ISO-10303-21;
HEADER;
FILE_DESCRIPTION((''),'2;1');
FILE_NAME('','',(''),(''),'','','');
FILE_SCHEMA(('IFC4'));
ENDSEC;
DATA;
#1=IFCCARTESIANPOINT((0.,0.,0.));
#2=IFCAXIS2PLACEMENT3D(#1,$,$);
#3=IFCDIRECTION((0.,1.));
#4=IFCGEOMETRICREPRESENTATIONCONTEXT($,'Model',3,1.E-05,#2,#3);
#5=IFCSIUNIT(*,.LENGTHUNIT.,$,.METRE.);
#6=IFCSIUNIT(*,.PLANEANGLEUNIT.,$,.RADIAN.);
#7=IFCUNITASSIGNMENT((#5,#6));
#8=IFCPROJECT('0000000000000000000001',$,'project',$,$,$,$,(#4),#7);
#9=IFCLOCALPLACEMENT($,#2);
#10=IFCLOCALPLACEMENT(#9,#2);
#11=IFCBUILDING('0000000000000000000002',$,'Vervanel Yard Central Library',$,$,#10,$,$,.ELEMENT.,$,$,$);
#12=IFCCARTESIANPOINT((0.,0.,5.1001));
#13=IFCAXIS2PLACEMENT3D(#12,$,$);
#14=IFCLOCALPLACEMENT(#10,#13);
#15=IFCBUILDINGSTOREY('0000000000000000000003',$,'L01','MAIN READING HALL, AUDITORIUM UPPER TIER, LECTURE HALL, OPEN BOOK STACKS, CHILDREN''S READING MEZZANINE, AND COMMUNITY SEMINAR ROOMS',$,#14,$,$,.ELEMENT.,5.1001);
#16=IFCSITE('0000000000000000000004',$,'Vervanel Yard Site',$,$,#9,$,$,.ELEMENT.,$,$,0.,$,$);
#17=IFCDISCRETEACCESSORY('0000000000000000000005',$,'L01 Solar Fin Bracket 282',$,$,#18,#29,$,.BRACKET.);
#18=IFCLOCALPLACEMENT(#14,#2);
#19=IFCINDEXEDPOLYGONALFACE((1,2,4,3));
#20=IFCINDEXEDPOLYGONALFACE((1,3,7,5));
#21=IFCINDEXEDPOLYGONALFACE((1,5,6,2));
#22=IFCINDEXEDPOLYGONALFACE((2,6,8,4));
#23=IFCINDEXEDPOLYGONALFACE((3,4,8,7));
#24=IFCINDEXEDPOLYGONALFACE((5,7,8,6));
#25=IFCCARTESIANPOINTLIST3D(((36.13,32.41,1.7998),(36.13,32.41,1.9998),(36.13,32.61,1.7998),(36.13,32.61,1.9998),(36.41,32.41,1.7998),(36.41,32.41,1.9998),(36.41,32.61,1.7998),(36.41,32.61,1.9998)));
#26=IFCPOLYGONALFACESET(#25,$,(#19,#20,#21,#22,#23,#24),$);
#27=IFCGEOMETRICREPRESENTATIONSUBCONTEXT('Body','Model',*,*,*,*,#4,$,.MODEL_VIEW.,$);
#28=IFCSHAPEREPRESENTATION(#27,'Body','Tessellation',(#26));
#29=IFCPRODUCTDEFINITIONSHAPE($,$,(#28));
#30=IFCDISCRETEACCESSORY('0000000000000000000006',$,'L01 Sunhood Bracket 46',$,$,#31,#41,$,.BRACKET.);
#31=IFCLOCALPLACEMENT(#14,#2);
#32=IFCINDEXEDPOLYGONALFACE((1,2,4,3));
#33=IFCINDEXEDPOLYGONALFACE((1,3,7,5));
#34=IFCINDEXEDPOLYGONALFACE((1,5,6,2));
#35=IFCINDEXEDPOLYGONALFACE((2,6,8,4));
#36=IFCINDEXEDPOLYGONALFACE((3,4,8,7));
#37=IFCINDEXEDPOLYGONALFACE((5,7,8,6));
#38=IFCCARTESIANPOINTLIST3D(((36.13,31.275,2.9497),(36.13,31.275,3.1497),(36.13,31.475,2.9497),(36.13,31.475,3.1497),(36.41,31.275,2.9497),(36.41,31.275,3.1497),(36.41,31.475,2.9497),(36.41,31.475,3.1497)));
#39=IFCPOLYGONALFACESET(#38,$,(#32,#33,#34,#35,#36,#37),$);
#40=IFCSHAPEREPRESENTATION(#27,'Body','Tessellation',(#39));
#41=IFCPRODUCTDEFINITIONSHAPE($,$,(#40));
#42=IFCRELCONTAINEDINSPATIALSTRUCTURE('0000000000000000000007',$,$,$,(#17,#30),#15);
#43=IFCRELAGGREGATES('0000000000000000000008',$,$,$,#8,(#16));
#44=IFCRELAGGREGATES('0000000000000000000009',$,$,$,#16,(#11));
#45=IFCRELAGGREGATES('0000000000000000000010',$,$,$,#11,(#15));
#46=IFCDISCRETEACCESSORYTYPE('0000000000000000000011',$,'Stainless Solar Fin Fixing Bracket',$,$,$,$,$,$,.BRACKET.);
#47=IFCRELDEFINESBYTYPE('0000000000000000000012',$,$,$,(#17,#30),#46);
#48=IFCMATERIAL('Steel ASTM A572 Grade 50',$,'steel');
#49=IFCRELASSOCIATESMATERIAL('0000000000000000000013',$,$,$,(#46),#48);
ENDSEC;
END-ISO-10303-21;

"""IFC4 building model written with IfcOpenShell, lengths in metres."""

from ifc_helpers import new_model, si_unit, direction, frame, origin, origin_2d, place, context, subcontext, project, spatial, rectangle, extrude, material, type_object, element, save


model = new_model("IFC4")

# Units and contexts
model_context = context("Model", 3, precision=1e-05, world=origin(), true_north=direction((0.0, 1.0)))
body_context = subcontext(model_context, "Body", "Model", "MODEL_VIEW")
ifc_project = project(units=[si_unit("LENGTHUNIT", "METRE"), si_unit("PLANEANGLEUNIT", "RADIAN")], contexts=[model_context])

# Site, building, storey
site_placement = place(None, origin())
site = spatial("IfcSite", under=ifc_project, at=site_placement, Name="Vervanel Yard Site", CompositionType="ELEMENT", RefElevation=0.0)
building_placement = place(site_placement, origin())
building = spatial("IfcBuilding", under=site, at=building_placement, Name="Vervanel Yard Central Library", CompositionType="ELEMENT")
storey_placement = place(building_placement, frame((0.0, 0.0, 5.1001)))
storey = spatial("IfcBuildingStorey", under=building, at=storey_placement, Name="L01", Description="MAIN READING HALL, AUDITORIUM UPPER TIER, LECTURE HALL, OPEN BOOK STACKS, CHILDREN'S READING MEZZANINE, AND COMMUNITY SEMINAR ROOMS", CompositionType="ELEMENT", Elevation=5.1001)

# Discrete accessories
ifc_material_1 = material(Name="Steel ASTM A572 Grade 50", Category="steel")
discrete_accessory_type = type_object("IfcDiscreteAccessoryType", Name="Stainless Solar Fin Fixing Bracket", PredefinedType="BRACKET", material=ifc_material_1)
for number, where, z_axis, x_axis, name in (
    (1, (36.27, 32.51, 1.7998), (0.0, 0.0, 1.0), (0.0, 1.0, 0.0), "L01 Solar Fin Bracket 282"),
    (2, (36.27, 31.375, 2.9497), (0.0, 0.0, 1.0), (0.0, 1.0, 0.0), "L01 Sunhood Bracket 46"),
):
    element("IfcDiscreteAccessory", number, at=place(storey_placement, frame(where, z_axis=z_axis, x_axis=x_axis)), inside=storey, type_object=discrete_accessory_type, Name=name, PredefinedType="BRACKET", context=body_context, shape_type="SweptSolid", body=[
        extrude(rectangle(XDim=0.2, YDim=0.28, at=origin_2d()), origin(), (0.0, 0.0, 1.0), 0.2),
    ])

save(model, "model.ifc")
